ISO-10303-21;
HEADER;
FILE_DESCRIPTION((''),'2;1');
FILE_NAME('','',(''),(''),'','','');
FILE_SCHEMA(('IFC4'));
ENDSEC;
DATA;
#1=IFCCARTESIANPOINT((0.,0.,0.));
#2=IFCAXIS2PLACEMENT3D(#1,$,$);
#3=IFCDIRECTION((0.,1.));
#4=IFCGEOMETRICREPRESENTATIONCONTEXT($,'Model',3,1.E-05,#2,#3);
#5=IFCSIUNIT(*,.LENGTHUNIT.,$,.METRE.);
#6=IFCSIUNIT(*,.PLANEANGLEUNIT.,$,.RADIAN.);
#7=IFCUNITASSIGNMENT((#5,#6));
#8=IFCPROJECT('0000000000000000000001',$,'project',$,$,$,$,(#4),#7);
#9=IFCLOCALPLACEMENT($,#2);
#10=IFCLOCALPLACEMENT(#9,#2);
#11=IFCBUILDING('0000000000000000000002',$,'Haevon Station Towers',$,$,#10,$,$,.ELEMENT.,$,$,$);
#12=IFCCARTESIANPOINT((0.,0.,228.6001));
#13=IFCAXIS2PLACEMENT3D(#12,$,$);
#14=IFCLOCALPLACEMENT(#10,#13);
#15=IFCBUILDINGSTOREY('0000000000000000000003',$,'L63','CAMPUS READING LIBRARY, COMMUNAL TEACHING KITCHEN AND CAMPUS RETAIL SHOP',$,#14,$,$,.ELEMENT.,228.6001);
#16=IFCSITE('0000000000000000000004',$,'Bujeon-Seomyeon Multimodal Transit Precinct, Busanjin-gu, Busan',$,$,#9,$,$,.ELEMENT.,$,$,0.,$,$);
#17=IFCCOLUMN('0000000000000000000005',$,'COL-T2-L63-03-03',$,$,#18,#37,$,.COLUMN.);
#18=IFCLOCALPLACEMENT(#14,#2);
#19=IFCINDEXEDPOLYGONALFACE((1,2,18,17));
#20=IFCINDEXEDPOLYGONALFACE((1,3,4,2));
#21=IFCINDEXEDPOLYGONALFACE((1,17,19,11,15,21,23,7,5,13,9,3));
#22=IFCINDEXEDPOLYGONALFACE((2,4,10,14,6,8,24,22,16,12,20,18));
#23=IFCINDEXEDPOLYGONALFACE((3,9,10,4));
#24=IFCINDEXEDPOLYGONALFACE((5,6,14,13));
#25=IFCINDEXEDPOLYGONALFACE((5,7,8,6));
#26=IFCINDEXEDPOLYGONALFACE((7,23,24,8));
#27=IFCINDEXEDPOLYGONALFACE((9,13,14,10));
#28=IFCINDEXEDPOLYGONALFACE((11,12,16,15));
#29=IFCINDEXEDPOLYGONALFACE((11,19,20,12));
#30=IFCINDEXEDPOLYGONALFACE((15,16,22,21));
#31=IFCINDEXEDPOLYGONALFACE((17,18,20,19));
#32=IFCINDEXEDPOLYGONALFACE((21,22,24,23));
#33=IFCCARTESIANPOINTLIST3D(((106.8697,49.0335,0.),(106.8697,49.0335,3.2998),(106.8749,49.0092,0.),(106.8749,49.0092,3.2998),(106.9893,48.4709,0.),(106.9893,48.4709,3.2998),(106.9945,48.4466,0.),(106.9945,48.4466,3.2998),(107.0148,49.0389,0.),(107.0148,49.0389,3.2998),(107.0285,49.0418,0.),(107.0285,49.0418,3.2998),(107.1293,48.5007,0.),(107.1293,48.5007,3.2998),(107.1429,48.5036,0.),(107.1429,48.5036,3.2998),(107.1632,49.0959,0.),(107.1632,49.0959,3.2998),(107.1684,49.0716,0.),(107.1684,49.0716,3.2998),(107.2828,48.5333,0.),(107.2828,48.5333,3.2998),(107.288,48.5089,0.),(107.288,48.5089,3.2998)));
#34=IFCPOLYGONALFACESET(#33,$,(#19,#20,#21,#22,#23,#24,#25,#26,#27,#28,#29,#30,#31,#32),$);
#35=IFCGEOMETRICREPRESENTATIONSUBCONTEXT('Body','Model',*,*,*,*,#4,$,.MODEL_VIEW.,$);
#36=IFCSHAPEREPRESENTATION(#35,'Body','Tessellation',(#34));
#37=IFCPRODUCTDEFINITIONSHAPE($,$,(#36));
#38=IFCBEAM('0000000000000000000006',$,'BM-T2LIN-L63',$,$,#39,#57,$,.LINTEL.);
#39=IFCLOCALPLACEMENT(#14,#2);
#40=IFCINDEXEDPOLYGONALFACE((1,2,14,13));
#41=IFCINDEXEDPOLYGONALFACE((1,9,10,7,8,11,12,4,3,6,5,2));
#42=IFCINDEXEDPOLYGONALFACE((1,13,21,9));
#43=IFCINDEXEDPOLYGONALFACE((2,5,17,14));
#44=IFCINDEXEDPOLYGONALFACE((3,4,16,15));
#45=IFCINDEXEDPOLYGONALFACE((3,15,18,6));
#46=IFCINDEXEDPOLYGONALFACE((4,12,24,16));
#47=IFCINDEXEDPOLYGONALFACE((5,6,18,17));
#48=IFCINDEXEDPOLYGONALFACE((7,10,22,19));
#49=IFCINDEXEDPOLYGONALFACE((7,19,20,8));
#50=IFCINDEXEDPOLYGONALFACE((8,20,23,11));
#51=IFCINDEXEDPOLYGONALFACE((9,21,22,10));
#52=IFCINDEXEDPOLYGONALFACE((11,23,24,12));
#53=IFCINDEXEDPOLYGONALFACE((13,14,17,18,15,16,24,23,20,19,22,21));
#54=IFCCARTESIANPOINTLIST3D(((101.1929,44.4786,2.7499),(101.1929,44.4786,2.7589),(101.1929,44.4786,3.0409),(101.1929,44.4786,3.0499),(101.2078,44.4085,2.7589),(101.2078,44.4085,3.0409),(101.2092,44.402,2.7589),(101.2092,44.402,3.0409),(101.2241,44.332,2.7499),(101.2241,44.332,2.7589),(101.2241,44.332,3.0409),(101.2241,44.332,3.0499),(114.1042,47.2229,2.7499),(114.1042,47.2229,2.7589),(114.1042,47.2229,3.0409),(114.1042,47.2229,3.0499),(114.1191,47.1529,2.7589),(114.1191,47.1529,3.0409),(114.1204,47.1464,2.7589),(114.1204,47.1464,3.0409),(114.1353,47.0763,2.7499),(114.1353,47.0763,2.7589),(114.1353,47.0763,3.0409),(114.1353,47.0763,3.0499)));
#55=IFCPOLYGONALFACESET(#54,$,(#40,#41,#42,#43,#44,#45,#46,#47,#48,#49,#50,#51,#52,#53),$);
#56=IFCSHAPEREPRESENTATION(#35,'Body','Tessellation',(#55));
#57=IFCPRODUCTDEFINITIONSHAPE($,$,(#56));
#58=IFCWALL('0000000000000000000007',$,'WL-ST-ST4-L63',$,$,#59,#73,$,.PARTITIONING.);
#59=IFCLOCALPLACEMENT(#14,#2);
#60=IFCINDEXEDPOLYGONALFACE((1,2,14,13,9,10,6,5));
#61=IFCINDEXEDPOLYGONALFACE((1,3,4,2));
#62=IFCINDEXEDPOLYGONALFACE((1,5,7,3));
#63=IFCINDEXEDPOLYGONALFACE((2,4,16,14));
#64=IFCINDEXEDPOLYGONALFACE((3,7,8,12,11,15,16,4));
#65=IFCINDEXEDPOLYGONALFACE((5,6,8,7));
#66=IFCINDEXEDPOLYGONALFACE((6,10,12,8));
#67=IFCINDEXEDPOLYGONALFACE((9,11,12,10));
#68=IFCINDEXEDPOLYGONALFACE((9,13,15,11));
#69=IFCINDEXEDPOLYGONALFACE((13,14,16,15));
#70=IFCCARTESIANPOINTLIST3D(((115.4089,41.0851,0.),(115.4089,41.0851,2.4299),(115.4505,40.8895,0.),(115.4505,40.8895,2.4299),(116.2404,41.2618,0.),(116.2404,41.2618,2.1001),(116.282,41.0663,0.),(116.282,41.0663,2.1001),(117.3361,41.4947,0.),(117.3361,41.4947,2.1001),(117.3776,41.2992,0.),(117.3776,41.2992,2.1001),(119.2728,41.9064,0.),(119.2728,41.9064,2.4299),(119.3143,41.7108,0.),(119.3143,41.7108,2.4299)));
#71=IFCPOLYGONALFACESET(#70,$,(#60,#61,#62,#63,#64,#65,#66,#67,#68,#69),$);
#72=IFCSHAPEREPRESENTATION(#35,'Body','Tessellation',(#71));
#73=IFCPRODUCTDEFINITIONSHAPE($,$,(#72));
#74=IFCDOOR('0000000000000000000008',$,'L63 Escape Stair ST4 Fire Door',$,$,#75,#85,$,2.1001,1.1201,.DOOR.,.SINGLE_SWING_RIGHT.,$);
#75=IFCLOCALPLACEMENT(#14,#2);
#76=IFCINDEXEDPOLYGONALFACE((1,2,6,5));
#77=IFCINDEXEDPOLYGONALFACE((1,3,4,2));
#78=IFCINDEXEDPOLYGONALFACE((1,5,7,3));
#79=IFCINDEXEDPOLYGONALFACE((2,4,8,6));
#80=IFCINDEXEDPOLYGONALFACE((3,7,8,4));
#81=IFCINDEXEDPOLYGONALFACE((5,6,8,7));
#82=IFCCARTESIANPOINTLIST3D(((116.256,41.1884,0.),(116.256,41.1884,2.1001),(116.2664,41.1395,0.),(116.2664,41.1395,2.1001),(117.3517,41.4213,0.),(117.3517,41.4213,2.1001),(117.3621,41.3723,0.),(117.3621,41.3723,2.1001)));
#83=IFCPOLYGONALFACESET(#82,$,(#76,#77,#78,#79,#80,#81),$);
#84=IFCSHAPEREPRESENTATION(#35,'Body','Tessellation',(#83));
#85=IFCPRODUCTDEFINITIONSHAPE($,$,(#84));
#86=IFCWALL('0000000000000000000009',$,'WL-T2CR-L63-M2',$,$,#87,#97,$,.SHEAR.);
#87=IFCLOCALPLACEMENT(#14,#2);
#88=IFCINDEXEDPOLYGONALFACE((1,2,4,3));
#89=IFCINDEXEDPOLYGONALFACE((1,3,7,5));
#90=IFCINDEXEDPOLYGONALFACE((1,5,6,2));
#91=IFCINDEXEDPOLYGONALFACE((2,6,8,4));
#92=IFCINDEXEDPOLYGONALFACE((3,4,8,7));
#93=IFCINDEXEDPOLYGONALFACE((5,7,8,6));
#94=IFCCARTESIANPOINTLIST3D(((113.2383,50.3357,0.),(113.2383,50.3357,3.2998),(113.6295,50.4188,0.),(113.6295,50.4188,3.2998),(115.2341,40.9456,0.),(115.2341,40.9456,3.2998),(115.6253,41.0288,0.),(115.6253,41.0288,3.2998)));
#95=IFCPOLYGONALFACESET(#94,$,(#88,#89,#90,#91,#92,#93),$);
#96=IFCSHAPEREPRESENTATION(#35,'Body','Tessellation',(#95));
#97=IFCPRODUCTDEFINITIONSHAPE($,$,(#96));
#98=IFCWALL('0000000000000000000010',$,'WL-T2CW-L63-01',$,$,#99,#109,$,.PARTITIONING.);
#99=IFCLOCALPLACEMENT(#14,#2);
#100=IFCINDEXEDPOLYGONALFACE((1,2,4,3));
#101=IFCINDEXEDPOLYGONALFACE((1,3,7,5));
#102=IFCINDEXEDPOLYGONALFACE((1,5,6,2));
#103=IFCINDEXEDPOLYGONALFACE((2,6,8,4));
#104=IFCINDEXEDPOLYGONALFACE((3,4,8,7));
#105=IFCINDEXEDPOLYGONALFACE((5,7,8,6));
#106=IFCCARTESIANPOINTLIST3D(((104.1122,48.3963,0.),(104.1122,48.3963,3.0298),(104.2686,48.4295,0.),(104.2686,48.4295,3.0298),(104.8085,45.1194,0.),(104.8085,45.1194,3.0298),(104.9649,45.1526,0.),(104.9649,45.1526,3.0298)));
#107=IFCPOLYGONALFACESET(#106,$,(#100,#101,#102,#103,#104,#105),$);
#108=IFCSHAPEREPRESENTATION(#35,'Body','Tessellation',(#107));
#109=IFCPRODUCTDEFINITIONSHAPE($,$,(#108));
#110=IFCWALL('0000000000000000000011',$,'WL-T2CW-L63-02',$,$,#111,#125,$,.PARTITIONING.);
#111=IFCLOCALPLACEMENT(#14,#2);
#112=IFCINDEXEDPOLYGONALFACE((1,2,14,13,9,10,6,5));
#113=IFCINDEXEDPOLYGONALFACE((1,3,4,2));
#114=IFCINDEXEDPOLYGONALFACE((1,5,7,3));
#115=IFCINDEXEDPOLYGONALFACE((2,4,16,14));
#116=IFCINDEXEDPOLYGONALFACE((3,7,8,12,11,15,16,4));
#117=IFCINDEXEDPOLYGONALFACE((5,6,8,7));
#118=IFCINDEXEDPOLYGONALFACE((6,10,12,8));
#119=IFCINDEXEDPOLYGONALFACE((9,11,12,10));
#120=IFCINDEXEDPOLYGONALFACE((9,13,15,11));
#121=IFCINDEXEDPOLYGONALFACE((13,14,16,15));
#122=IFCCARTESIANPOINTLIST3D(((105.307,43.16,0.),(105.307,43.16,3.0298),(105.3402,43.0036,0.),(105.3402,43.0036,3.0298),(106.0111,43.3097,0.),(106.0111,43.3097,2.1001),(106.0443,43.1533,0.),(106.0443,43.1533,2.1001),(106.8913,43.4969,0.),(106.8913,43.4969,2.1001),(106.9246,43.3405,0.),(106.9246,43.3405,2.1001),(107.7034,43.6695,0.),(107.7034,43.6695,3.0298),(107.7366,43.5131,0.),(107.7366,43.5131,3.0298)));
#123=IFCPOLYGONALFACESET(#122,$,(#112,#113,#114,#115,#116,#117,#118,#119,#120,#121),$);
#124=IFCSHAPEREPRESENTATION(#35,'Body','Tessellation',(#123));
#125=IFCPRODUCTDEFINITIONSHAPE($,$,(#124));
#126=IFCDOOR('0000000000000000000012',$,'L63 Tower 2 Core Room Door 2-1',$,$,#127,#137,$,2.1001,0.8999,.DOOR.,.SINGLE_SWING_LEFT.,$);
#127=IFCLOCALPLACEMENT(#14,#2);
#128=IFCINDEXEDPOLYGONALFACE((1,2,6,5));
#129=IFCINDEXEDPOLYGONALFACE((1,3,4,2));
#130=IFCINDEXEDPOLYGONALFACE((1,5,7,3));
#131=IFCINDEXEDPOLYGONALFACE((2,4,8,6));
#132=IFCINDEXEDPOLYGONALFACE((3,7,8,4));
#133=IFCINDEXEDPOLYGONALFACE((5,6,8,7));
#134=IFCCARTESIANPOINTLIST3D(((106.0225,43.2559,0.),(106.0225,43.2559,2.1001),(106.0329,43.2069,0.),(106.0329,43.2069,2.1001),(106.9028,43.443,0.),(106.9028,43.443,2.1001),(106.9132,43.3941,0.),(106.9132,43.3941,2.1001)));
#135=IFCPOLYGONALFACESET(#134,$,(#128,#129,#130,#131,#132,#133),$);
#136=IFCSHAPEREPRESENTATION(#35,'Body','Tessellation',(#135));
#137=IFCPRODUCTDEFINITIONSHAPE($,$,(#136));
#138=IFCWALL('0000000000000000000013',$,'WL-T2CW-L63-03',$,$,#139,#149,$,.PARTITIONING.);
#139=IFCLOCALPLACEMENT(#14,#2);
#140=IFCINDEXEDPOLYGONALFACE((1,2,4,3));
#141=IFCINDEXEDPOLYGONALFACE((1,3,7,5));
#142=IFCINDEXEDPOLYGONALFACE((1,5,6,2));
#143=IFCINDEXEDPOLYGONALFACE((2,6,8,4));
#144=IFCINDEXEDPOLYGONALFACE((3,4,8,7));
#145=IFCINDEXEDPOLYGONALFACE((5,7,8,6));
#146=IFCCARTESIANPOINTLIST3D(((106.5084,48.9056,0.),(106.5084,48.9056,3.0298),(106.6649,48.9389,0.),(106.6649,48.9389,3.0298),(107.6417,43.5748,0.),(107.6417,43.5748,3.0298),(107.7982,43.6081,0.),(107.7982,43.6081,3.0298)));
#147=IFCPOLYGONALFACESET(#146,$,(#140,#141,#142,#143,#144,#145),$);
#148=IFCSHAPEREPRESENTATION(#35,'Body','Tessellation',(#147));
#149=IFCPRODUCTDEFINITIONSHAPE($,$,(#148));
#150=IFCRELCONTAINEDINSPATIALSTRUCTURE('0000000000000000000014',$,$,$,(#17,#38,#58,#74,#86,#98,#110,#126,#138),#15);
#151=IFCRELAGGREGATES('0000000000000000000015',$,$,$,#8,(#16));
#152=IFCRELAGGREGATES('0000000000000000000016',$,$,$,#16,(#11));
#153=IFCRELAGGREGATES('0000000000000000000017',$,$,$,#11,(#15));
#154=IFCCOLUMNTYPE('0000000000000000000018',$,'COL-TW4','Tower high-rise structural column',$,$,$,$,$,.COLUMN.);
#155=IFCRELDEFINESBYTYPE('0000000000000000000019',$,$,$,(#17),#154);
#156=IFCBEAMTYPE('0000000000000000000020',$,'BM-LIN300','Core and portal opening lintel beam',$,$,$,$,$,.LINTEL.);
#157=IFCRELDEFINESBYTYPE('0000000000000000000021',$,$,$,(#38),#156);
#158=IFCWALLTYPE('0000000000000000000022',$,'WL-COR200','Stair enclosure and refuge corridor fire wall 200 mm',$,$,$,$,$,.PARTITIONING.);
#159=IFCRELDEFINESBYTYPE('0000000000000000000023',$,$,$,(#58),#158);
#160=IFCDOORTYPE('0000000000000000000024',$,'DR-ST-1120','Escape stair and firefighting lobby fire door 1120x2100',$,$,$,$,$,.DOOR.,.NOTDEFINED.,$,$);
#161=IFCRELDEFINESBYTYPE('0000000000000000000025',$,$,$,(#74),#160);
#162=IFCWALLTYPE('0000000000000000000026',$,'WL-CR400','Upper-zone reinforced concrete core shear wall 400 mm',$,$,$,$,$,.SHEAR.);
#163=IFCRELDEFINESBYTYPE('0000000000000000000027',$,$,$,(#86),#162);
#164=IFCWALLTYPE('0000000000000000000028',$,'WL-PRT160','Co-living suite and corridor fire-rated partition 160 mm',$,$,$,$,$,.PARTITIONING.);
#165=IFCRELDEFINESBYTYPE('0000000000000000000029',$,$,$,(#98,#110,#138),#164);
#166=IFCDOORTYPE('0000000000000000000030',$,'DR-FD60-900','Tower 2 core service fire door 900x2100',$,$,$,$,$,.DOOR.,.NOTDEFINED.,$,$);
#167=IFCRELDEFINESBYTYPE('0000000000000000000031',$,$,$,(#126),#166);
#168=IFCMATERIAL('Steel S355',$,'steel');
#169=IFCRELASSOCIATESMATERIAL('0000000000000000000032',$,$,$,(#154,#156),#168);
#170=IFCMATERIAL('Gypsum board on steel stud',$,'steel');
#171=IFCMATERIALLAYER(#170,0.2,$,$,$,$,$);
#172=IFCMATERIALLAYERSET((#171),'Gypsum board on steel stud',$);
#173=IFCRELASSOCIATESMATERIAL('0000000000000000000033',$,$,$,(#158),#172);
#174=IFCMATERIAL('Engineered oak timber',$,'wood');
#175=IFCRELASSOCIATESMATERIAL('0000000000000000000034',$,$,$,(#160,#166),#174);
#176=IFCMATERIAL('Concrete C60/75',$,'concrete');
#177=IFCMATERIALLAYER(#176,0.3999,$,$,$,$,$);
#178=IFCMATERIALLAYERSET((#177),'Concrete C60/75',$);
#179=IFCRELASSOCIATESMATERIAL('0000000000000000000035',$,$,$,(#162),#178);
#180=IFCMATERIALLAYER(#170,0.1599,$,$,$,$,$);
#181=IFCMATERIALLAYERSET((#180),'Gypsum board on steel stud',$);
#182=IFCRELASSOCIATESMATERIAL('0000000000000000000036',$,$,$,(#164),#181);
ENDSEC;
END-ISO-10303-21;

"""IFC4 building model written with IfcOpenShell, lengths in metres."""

from ifc_helpers import new_model, si_unit, direction, frame, frame_2d, origin, origin_2d, place, context, subcontext, project, spatial, rectangle, i_section, extrude, material, layer, layer_set, material_profile, profile_set, type_object, element, fill, save


model = new_model("IFC4")

# Units and contexts
model_context = context("Model", 3, precision=1e-05, world=origin(), true_north=direction((0.0, 1.0)))
body_context = subcontext(model_context, "Body", "Model", "MODEL_VIEW")
ifc_project = project(units=[si_unit("LENGTHUNIT", "METRE"), si_unit("PLANEANGLEUNIT", "RADIAN")], contexts=[model_context])

# Site, building, storey
site_placement = place(None, origin())
site = spatial("IfcSite", under=ifc_project, at=site_placement, Name="Bujeon-Seomyeon Multimodal Transit Precinct, Busanjin-gu, Busan", CompositionType="ELEMENT", RefElevation=0.0)
building_placement = place(site_placement, origin())
building = spatial("IfcBuilding", under=site, at=building_placement, Name="Haevon Station Towers", CompositionType="ELEMENT")
storey_placement = place(building_placement, frame((0.0, 0.0, 228.6001)))
storey = spatial("IfcBuildingStorey", under=building, at=storey_placement, Name="L63", Description="CAMPUS READING LIBRARY, COMMUNAL TEACHING KITCHEN AND CAMPUS RETAIL SHOP", CompositionType="ELEMENT", Elevation=228.6001)

# Column
ifc_material_1 = material(Name="Steel S355", Category="steel")
ifc_material_profile_1 = material_profile(ifc_material_1, i_section(OverallWidth=0.3, OverallDepth=0.6001, WebThickness=0.0139, FlangeThickness=0.0249, at=origin_2d()), Name="H-600x300x14x25")
ifc_profile_set_1 = profile_set([ifc_material_profile_1], Name="Steel S355")
column_type = type_object("IfcColumnType", Name="COL-TW4", Description="Tower high-rise structural column", PredefinedType="COLUMN", material=ifc_profile_set_1)
column_placement = place(storey_placement, frame((107.0789, 48.7712, 0.0), z_axis=(0.0, 0.0, 1.0), x_axis=(0.978148, 0.207912, 0.0)))
element("IfcColumn", 1, at=column_placement, inside=storey, type_object=column_type, Name="COL-T2-L63-03-03", PredefinedType="COLUMN", context=body_context, shape_type="SweptSolid", body=[
    extrude(i_section(OverallWidth=0.3, OverallDepth=0.6001, WebThickness=0.0139, FlangeThickness=0.0249, at=origin_2d()), origin(), (0.0, 0.0, 1.0), 3.2998),
])

# Beam
ifc_material_profile_2 = material_profile(ifc_material_1, i_section(OverallWidth=0.1499, OverallDepth=0.3, WebThickness=0.0066, FlangeThickness=0.009, at=origin_2d()), Name="H-300x150x6.5x9")
ifc_profile_set_2 = profile_set([ifc_material_profile_2], Name="Steel S355")
beam_type = type_object("IfcBeamType", Name="BM-LIN300", Description="Core and portal opening lintel beam", PredefinedType="LINTEL", material=ifc_profile_set_2)
beam_placement = place(storey_placement, frame((101.2085, 44.4053, 2.8999), z_axis=(0.978148, 0.207911, 0.0), x_axis=(-0.207911, 0.978148, 0.0)))
element("IfcBeam", 2, at=beam_placement, inside=storey, type_object=beam_type, Name="BM-T2LIN-L63", PredefinedType="LINTEL", context=body_context, shape_type="SweptSolid", body=[
    extrude(i_section(OverallWidth=0.1499, OverallDepth=0.3, WebThickness=0.0066, FlangeThickness=0.009, at=origin_2d()), origin(), (0.0, 0.0, 1.0), 13.1997),
])

# Wall, opening, door
ifc_material_2 = material(Name="Gypsum board on steel stud", Category="steel")
ifc_layer_1 = layer(ifc_material_2, 0.2)
ifc_layer_set_1 = layer_set([ifc_layer_1], Name="Gypsum board on steel stud")
wall_type_1 = type_object("IfcWallType", Name="WL-COR200", Description="Stair enclosure and refuge corridor fire wall 200 mm", PredefinedType="PARTITIONING", material=ifc_layer_set_1)
wall_1_placement = place(storey_placement, frame((115.4297, 40.9873, 0.0), z_axis=(0.0, 0.0, 1.0), x_axis=(0.978147, 0.207916, 0.0)))
wall_1 = element("IfcWall", 3, at=wall_1_placement, inside=storey, type_object=wall_type_1, Name="WL-ST-ST4-L63", PredefinedType="PARTITIONING", context=body_context, shape_type="SweptSolid", body=[
    extrude(rectangle(XDim=3.9502, YDim=0.2, at=frame_2d((1.9751, 0.0))), origin(), (0.0, 0.0, 1.0), 2.4299),
])
opening_1_placement = place(wall_1_placement, frame((0.8501, 0.0, 0.0)))
opening_1 = element("IfcOpeningElement", 4, at=opening_1_placement, cuts=wall_1, PredefinedType="OPENING", context=body_context, shape_type="SweptSolid", body=[
    extrude(rectangle(XDim=1.1201, YDim=2.1001, at=frame_2d((0.5601, 1.05))), frame((0.0, 0.1099, 0.0), z_axis=(0.0, -1.0, 0.0), x_axis=(1.0, 0.0, 0.0)), (0.0, 0.0, 1.0), 0.22),
])
ifc_material_3 = material(Name="Engineered oak timber", Category="wood")
door_type_1 = type_object("IfcDoorType", Name="DR-ST-1120", Description="Escape stair and firefighting lobby fire door 1120x2100", OperationType="NOTDEFINED", PredefinedType="DOOR", material=ifc_material_3)
door_1_placement = place(opening_1_placement, origin())
door_1 = element("IfcDoor", 5, at=door_1_placement, inside=storey, type_object=door_type_1, Name="L63 Escape Stair ST4 Fire Door", OperationType="SINGLE_SWING_RIGHT", OverallHeight=2.1001, OverallWidth=1.1201, PredefinedType="DOOR", context=body_context, shape_type="SweptSolid", body=[
    extrude(rectangle(XDim=1.1201, YDim=2.1001, at=frame_2d((0.5601, 1.05))), frame((0.0, 0.0249, 0.0), z_axis=(0.0, -1.0, 0.0), x_axis=(1.0, 0.0, 0.0)), (0.0, 0.0, 1.0), 0.05),
])
fill(opening_1, door_1)

# Walls
ifc_material_4 = material(Name="Concrete C60/75", Category="concrete")
ifc_layer_2 = layer(ifc_material_4, 0.3999)
ifc_layer_set_2 = layer_set([ifc_layer_2], Name="Concrete C60/75")
wall_type_2 = type_object("IfcWallType", Name="WL-CR400", Description="Upper-zone reinforced concrete core shear wall 400 mm", PredefinedType="SHEAR", material=ifc_layer_set_2)
wall_2_placement = place(storey_placement, frame((115.4297, 40.9873, 0.0), z_axis=(0.0, 0.0, 1.0), x_axis=(-0.207903, 0.978149, 0.0)))
element("IfcWall", 6, at=wall_2_placement, inside=storey, type_object=wall_type_2, Name="WL-T2CR-L63-M2", PredefinedType="SHEAR", context=body_context, shape_type="SweptSolid", body=[
    extrude(rectangle(XDim=9.5999, YDim=0.3999, at=frame_2d((4.7998, 0.0))), origin(), (0.0, 0.0, 1.0), 3.2998),
])
ifc_layer_3 = layer(ifc_material_2, 0.1599)
ifc_layer_set_3 = layer_set([ifc_layer_3], Name="Gypsum board on steel stud")
wall_type_3 = type_object("IfcWallType", Name="WL-PRT160", Description="Co-living suite and corridor fire-rated partition 160 mm", PredefinedType="PARTITIONING", material=ifc_layer_set_3)
wall_3_placement = place(storey_placement, frame((104.8867, 45.136, 0.0), z_axis=(0.0, 0.0, 1.0), x_axis=(-0.207847, 0.978161, 0.0)))
element("IfcWall", 7, at=wall_3_placement, inside=storey, type_object=wall_type_3, Name="WL-T2CW-L63-01", PredefinedType="PARTITIONING", context=body_context, shape_type="SweptSolid", body=[
    extrude(rectangle(XDim=3.3501, YDim=0.1599, at=frame_2d((1.675, 0.0))), origin(), (0.0, 0.0, 1.0), 3.0298),
])

# Wall, opening, door
wall_4_placement = place(storey_placement, frame((105.3235, 43.0818, 0.0), z_axis=(0.0, 0.0, 1.0), x_axis=(0.978137, 0.207964, 0.0)))
wall_4 = element("IfcWall", 8, at=wall_4_placement, inside=storey, type_object=wall_type_3, Name="WL-T2CW-L63-02", PredefinedType="PARTITIONING", context=body_context, shape_type="SweptSolid", body=[
    extrude(rectangle(XDim=2.45, YDim=0.1599, at=frame_2d((1.2251, 0.0))), origin(), (0.0, 0.0, 1.0), 3.0298),
])
opening_2_placement = place(wall_4_placement, frame((0.72, 0.0, 0.0)))
opening_2 = element("IfcOpeningElement", 9, at=opening_2_placement, cuts=wall_4, PredefinedType="OPENING", context=body_context, shape_type="SweptSolid", body=[
    extrude(rectangle(XDim=0.8999, YDim=2.1001, at=frame_2d((0.45, 1.05))), frame((0.0, 0.0898, 0.0), z_axis=(0.0, -1.0, 0.0), x_axis=(1.0, 0.0, 0.0)), (0.0, 0.0, 1.0), 0.1799),
])
door_type_2 = type_object("IfcDoorType", Name="DR-FD60-900", Description="Tower 2 core service fire door 900x2100", OperationType="NOTDEFINED", PredefinedType="DOOR", material=ifc_material_3)
door_2_placement = place(opening_2_placement, origin())
door_2 = element("IfcDoor", 10, at=door_2_placement, inside=storey, type_object=door_type_2, Name="L63 Tower 2 Core Room Door 2-1", OperationType="SINGLE_SWING_LEFT", OverallHeight=2.1001, OverallWidth=0.8999, PredefinedType="DOOR", context=body_context, shape_type="SweptSolid", body=[
    extrude(rectangle(XDim=0.8999, YDim=2.1001, at=frame_2d((0.45, 1.05))), frame((0.0, 0.0249, 0.0), z_axis=(0.0, -1.0, 0.0), x_axis=(1.0, 0.0, 0.0)), (0.0, 0.0, 1.0), 0.05),
])
fill(opening_2, door_2)

# Wall
wall_5_placement = place(storey_placement, frame((107.72, 43.5913, 0.0), z_axis=(0.0, 0.0, 1.0), x_axis=(-0.207947, 0.97814, 0.0)))
element("IfcWall", 11, at=wall_5_placement, inside=storey, type_object=wall_type_3, Name="WL-T2CW-L63-03", PredefinedType="PARTITIONING", context=body_context, shape_type="SweptSolid", body=[
    extrude(rectangle(XDim=5.45, YDim=0.1599, at=frame_2d((2.7251, 0.0))), origin(), (0.0, 0.0, 1.0), 3.0298),
])

save(model, "model.ifc")
